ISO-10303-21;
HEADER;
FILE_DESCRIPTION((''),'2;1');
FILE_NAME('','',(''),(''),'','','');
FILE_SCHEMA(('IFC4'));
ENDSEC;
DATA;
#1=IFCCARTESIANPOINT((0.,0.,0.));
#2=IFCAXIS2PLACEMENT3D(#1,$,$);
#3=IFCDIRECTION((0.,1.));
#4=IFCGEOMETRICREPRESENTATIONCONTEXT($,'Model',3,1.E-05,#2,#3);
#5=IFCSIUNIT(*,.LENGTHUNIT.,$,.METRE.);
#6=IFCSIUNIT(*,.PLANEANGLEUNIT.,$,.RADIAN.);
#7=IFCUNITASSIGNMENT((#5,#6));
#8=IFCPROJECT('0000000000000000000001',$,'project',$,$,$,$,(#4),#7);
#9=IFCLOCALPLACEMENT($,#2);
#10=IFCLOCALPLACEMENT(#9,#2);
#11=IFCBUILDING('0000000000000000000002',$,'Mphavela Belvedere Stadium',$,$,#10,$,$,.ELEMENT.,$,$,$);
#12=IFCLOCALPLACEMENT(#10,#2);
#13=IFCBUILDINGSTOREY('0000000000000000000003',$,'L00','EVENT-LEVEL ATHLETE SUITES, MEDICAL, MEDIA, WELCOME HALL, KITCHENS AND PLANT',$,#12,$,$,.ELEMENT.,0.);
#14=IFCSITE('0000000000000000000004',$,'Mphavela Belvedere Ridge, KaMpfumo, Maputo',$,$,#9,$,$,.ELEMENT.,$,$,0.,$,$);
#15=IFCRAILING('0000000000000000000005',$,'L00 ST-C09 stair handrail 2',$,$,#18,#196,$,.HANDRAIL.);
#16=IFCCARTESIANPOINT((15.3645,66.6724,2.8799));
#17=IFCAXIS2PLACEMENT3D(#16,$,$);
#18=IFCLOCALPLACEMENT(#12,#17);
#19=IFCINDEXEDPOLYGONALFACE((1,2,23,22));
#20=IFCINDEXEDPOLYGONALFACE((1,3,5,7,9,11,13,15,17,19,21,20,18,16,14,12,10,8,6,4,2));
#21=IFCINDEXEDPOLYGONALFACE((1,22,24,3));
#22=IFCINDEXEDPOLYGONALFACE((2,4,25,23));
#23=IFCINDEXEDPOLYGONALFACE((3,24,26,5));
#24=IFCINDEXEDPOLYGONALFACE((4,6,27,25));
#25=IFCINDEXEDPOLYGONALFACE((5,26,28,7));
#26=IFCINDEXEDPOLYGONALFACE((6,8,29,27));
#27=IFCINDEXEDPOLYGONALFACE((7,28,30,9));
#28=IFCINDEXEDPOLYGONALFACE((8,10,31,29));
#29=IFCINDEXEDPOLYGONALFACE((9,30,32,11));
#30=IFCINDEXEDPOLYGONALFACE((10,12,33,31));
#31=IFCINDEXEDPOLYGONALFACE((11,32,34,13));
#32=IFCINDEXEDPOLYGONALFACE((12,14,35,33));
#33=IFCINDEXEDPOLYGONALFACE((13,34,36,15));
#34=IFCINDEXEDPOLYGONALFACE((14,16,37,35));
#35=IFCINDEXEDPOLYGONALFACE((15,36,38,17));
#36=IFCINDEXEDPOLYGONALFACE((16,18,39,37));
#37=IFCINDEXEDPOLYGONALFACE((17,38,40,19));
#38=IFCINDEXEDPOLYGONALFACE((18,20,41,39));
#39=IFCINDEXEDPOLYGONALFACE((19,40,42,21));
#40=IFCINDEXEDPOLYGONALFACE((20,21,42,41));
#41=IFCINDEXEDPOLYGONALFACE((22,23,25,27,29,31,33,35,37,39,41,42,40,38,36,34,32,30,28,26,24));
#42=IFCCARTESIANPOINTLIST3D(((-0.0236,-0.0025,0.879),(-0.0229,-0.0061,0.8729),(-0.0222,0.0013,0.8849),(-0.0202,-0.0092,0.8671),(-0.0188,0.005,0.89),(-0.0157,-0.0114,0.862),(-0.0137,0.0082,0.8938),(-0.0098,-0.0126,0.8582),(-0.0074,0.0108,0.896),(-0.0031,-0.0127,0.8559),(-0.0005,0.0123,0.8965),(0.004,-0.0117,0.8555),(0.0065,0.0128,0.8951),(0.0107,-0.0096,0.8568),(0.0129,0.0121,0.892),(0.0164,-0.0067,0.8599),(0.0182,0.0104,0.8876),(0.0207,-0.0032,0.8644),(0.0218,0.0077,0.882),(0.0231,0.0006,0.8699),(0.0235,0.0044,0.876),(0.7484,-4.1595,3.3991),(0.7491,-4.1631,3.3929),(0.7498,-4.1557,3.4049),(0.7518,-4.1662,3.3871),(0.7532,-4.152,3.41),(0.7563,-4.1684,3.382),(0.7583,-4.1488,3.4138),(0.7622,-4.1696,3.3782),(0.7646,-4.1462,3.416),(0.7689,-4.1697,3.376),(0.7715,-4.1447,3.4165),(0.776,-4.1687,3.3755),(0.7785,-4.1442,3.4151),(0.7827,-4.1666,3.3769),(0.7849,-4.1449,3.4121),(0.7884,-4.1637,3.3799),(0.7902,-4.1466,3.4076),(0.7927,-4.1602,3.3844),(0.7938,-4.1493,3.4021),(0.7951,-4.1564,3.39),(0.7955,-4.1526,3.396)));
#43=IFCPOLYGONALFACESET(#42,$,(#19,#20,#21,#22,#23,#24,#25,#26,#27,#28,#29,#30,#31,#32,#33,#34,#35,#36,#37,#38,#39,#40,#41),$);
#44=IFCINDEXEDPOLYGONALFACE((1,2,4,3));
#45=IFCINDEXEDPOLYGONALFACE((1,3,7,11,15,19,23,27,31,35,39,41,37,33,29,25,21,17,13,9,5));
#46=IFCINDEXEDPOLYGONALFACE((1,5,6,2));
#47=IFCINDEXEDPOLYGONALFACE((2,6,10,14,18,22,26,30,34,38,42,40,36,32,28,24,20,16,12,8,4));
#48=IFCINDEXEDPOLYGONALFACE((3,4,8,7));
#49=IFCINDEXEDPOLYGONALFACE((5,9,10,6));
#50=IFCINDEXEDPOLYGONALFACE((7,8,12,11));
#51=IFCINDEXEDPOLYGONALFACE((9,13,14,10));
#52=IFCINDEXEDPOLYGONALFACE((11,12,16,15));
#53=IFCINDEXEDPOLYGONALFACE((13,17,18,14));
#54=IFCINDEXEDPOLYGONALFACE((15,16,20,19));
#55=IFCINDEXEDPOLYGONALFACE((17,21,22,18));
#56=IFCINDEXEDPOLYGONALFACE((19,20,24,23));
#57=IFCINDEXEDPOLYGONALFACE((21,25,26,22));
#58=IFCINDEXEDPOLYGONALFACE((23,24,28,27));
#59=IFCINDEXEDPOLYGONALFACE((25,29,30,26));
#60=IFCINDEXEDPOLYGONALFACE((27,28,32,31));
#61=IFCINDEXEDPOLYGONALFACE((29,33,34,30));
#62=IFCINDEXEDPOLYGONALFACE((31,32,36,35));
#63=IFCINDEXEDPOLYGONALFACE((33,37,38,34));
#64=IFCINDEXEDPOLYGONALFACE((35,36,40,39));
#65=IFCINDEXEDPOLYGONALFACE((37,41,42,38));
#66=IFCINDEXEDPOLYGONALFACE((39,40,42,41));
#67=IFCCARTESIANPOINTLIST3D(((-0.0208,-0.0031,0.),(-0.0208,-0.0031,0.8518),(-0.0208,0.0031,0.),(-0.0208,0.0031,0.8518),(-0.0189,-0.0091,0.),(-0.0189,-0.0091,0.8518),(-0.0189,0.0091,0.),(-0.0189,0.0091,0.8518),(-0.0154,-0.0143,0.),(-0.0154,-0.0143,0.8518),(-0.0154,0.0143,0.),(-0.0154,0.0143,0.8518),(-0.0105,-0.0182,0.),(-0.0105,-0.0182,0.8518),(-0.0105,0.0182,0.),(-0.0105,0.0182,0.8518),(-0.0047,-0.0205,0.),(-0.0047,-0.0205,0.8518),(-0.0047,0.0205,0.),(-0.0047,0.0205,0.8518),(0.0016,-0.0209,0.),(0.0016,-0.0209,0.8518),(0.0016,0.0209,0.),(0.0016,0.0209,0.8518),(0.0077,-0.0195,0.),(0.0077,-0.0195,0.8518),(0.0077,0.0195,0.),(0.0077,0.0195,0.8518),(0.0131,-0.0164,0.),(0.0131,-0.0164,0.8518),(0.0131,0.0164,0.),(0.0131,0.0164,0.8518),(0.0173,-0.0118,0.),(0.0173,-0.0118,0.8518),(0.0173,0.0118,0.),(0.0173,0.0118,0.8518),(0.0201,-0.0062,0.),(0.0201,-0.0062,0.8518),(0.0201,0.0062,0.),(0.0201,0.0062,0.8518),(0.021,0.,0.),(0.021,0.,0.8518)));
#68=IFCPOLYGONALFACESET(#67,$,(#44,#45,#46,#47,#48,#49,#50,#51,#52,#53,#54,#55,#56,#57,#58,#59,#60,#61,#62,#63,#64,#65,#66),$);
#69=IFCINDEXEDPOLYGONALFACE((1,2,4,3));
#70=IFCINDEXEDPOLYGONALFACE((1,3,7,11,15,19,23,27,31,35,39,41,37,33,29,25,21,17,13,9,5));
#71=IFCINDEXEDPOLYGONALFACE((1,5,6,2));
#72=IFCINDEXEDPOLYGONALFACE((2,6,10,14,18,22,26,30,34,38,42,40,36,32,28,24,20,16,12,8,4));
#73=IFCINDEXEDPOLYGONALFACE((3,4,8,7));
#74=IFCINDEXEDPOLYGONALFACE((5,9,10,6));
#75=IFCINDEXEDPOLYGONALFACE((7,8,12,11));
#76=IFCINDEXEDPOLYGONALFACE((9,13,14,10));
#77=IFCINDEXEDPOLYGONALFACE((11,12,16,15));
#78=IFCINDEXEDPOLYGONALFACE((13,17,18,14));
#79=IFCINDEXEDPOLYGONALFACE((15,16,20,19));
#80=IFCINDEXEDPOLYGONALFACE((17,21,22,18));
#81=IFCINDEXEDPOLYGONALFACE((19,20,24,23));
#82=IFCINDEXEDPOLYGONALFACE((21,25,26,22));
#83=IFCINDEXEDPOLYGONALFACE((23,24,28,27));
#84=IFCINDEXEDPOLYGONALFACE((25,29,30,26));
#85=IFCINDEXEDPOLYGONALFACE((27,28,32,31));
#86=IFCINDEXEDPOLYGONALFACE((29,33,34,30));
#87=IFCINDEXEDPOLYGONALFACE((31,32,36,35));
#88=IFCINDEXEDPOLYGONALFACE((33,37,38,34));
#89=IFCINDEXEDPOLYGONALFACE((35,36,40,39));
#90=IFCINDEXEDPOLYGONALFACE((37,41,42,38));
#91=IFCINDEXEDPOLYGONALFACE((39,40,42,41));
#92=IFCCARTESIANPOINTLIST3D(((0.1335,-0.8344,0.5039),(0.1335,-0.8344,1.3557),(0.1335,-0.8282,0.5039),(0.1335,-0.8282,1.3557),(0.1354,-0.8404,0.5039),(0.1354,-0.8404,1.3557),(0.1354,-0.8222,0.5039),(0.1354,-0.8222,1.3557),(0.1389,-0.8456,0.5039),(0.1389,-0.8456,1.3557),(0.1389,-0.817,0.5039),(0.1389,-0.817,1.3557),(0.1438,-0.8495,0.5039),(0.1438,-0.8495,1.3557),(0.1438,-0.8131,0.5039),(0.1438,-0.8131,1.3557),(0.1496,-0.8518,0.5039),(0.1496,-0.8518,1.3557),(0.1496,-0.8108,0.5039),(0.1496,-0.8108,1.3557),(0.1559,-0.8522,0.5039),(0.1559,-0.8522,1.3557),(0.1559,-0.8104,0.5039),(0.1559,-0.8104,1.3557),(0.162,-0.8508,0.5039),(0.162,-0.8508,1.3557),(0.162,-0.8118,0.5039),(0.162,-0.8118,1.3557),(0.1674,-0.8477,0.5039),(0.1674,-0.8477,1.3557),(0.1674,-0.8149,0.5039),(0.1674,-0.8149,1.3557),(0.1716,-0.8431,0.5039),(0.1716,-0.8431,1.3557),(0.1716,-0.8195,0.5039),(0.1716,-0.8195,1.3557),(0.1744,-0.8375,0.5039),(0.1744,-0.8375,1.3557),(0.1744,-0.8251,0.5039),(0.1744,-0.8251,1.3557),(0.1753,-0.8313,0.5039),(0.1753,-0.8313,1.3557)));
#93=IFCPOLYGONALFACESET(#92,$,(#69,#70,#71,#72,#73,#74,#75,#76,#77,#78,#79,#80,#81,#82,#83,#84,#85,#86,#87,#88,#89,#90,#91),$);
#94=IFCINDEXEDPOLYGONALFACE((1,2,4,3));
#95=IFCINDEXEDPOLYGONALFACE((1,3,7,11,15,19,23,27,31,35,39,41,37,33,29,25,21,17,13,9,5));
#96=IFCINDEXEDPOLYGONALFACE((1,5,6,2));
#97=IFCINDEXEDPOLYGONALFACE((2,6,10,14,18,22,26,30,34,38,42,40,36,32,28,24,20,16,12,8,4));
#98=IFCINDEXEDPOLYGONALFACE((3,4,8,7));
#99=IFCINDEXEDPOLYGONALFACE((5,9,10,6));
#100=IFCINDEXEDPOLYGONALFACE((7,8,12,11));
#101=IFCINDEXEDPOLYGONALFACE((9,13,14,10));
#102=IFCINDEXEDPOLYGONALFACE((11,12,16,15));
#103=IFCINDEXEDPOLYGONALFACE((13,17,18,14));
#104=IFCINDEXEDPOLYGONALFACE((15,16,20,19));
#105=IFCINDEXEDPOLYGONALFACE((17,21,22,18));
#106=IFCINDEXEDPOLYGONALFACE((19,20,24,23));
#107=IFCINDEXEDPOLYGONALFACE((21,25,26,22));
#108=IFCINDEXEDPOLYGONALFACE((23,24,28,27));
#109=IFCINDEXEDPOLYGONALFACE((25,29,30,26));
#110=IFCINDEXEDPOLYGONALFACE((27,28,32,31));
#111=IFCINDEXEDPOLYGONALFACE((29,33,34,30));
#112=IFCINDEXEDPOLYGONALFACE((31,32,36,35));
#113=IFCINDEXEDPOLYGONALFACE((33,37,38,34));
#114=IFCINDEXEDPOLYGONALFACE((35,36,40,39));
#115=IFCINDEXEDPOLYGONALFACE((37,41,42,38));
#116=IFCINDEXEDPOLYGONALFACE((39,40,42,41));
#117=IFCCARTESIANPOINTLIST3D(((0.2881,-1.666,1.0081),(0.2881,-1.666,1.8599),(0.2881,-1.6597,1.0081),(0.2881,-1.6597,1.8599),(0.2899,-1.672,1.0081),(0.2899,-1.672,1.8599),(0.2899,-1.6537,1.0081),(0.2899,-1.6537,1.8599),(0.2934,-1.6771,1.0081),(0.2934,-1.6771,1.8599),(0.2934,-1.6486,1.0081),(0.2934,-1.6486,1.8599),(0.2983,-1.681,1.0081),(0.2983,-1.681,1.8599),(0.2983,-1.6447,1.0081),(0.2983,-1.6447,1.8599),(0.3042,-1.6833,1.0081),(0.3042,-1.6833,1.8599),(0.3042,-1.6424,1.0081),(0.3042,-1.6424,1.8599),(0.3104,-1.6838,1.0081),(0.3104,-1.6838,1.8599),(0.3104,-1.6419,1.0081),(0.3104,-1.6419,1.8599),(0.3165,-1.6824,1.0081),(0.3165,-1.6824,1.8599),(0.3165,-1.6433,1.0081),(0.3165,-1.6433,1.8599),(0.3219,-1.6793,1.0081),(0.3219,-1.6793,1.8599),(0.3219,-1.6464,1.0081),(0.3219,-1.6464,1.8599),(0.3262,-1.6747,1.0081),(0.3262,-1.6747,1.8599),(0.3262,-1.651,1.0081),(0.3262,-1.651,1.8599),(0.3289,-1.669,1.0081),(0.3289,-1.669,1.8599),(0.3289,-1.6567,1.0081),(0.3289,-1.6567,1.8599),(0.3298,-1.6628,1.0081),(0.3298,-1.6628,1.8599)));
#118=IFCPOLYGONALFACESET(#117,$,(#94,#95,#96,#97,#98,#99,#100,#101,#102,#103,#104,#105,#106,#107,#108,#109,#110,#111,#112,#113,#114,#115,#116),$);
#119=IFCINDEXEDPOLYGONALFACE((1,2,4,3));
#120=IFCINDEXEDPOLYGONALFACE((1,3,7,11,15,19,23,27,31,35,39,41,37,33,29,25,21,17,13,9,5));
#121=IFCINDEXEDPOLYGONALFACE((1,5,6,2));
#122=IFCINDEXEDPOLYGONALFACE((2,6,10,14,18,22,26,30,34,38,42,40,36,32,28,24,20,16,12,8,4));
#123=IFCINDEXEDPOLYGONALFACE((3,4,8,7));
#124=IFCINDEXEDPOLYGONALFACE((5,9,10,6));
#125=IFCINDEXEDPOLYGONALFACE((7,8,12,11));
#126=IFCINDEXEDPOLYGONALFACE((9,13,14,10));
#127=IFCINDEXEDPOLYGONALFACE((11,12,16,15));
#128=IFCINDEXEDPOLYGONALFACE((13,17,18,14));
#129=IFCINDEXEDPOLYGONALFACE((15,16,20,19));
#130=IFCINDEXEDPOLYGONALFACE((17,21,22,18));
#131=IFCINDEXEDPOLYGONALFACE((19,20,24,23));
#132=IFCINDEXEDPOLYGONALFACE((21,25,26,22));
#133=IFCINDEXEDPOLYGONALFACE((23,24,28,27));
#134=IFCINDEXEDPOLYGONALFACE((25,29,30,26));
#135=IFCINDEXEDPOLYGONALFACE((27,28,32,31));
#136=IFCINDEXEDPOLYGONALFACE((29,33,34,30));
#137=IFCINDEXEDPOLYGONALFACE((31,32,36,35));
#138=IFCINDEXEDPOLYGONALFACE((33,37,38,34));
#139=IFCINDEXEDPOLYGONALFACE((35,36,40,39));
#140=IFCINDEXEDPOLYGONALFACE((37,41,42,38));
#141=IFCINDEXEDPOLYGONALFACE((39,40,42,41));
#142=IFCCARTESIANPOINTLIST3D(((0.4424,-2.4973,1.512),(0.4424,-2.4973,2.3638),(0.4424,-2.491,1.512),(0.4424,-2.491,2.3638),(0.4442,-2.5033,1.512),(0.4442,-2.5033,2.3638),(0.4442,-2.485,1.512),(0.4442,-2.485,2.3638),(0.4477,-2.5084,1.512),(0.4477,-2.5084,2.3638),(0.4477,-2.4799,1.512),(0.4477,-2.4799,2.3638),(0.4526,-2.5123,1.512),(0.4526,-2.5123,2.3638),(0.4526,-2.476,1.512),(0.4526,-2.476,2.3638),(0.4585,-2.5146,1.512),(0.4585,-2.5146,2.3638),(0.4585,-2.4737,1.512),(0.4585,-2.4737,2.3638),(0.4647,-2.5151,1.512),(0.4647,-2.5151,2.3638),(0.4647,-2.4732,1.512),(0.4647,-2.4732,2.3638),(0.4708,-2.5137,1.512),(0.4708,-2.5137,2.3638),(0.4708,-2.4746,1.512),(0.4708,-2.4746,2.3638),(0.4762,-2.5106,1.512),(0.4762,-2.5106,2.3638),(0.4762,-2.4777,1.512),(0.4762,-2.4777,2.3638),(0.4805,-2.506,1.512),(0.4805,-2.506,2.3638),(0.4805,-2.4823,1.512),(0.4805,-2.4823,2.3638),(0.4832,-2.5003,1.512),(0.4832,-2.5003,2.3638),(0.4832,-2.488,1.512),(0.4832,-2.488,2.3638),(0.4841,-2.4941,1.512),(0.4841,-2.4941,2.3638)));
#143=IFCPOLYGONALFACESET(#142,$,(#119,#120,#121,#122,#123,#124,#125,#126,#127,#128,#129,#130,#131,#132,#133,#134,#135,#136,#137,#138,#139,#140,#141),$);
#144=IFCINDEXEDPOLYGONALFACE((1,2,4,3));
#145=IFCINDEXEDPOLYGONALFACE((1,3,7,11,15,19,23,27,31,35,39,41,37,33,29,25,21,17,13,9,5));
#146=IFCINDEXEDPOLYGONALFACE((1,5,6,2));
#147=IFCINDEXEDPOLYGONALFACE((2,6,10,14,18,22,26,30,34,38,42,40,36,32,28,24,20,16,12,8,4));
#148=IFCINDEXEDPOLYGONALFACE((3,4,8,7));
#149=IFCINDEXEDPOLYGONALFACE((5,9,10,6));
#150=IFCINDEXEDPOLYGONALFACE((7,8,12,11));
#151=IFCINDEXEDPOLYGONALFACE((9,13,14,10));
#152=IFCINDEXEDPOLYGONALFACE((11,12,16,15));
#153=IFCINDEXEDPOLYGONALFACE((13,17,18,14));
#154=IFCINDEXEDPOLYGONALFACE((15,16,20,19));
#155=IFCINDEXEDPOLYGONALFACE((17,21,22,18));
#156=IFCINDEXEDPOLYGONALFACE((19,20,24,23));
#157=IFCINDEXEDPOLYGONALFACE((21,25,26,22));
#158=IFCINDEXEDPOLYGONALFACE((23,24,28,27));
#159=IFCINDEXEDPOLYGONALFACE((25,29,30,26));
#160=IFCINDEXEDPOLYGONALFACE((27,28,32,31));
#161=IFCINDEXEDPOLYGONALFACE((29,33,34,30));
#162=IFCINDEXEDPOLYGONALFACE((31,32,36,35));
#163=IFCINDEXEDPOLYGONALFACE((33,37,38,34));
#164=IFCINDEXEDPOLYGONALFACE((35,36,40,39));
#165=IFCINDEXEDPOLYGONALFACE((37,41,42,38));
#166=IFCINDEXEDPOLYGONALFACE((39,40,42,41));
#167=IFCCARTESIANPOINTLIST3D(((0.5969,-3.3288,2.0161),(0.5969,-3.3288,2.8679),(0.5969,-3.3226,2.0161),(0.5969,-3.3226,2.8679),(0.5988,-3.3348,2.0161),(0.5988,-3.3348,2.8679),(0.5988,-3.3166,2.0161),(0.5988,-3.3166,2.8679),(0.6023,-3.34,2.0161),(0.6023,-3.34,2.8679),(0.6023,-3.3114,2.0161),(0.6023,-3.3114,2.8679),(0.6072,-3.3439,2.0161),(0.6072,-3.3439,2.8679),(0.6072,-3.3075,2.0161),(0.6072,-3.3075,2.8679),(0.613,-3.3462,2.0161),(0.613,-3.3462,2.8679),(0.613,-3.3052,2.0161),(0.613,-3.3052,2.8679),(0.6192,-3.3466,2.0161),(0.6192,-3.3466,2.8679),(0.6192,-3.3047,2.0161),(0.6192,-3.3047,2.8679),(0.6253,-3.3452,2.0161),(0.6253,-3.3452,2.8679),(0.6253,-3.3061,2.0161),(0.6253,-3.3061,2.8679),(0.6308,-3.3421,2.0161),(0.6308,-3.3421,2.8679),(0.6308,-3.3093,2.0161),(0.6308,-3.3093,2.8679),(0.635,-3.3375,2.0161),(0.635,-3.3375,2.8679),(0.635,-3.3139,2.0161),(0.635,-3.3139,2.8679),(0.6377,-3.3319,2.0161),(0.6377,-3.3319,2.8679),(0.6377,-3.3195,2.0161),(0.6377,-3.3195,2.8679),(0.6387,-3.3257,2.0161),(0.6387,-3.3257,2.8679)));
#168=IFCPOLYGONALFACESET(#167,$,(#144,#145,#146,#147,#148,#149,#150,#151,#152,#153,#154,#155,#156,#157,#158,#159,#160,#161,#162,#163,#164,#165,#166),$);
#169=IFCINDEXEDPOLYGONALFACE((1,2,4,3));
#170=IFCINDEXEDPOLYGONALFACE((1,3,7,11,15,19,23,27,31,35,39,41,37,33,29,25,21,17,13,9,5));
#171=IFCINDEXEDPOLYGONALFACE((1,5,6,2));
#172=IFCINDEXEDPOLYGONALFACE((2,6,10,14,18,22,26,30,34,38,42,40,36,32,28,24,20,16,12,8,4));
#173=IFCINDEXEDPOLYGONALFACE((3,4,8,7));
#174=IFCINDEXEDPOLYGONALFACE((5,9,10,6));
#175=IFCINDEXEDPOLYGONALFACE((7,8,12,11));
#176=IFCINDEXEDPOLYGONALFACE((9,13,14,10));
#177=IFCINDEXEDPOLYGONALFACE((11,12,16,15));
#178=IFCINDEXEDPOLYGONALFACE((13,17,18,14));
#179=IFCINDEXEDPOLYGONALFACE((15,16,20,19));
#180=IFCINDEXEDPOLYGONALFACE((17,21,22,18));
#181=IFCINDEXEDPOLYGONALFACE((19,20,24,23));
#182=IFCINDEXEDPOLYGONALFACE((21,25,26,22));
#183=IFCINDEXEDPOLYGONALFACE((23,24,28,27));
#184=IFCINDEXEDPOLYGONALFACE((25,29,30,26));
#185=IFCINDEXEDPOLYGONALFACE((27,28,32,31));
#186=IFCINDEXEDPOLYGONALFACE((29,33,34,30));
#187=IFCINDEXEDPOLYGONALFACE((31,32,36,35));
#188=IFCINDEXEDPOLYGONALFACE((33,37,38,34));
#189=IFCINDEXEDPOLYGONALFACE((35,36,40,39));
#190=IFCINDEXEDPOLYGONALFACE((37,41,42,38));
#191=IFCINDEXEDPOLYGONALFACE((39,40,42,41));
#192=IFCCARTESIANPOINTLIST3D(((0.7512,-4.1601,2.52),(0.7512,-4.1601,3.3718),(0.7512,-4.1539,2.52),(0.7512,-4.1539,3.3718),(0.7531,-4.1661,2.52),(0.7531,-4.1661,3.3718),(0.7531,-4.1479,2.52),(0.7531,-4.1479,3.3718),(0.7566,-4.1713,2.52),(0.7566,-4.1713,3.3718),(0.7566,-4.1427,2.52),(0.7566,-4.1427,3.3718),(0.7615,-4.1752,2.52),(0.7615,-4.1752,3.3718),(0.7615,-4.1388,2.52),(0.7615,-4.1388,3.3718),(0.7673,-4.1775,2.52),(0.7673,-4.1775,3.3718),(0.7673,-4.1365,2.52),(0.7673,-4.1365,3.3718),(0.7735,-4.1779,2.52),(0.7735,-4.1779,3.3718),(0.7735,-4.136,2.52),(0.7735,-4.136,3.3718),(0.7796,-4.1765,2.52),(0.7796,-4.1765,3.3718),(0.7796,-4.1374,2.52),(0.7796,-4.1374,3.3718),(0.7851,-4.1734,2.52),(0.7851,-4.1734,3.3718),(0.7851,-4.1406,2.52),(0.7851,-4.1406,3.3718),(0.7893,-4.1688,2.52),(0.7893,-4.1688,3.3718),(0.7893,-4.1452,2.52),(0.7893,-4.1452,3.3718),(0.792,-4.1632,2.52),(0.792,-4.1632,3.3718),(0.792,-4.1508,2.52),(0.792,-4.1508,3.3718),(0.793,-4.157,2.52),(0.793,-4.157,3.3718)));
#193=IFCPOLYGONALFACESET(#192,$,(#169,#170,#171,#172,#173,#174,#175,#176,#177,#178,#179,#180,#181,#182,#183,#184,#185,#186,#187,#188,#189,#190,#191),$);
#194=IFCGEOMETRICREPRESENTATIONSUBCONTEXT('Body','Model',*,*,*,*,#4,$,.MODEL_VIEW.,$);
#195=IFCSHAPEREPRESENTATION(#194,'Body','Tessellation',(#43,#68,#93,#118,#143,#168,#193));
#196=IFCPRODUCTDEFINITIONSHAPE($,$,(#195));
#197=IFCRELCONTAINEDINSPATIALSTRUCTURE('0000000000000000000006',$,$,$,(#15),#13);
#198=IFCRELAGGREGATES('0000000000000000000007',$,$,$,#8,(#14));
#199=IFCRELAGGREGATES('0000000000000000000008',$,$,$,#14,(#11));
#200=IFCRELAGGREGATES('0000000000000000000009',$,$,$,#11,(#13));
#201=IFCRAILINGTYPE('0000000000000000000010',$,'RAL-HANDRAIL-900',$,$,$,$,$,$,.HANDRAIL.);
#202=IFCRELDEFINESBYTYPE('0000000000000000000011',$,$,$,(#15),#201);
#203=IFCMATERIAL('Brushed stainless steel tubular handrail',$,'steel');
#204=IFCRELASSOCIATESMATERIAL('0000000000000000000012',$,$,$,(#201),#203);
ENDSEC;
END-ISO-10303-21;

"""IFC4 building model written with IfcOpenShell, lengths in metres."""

from ifc_helpers import new_model, si_unit, direction, frame, origin, origin_2d, place, context, subcontext, project, spatial, circle, extrude, material, type_object, element, save


model = new_model("IFC4")

# Units and contexts
model_context = context("Model", 3, precision=1e-05, world=origin(), true_north=direction((0.0, 1.0)))
body_context = subcontext(model_context, "Body", "Model", "MODEL_VIEW")
ifc_project = project(units=[si_unit("LENGTHUNIT", "METRE"), si_unit("PLANEANGLEUNIT", "RADIAN")], contexts=[model_context])

# Site, building, storey
site_placement = place(None, origin())
site = spatial("IfcSite", under=ifc_project, at=site_placement, Name="Mphavela Belvedere Ridge, KaMpfumo, Maputo", CompositionType="ELEMENT", RefElevation=0.0)
building_placement = place(site_placement, origin())
building = spatial("IfcBuilding", under=site, at=building_placement, Name="Mphavela Belvedere Stadium", CompositionType="ELEMENT")
storey_placement = place(building_placement, origin())
storey = spatial("IfcBuildingStorey", under=building, at=storey_placement, Name="L00", Description="EVENT-LEVEL ATHLETE SUITES, MEDICAL, MEDIA, WELCOME HALL, KITCHENS AND PLANT", CompositionType="ELEMENT", Elevation=0.0)

# Railing
ifc_material_1 = material(Name="Brushed stainless steel tubular handrail", Category="steel")
railing_type_1 = type_object("IfcRailingType", Name="RAL-HANDRAIL-900", PredefinedType="HANDRAIL", material=ifc_material_1)
railing_1_placement = place(storey_placement, frame((15.3645, 66.6724, 2.8799)))
element("IfcRailing", 1, at=railing_1_placement, inside=storey, type_object=railing_type_1, Name="L00 ST-C09 stair handrail 2", PredefinedType="HANDRAIL", context=body_context, shape_type="SweptSolid", body=[
    extrude(circle(Radius=0.0239, at=origin_2d()), frame((0.0, 0.0, 0.876), z_axis=(0.156838, -0.844557, 0.511982), x_axis=(0.98319, 0.182583, 0.0)), (0.0, 0.0, 1.0), 4.9221),
    extrude(circle(Radius=0.021, at=origin_2d()), origin(), (0.0, 0.0, 1.0), 0.8518),
    extrude(circle(Radius=0.021, at=origin_2d()), frame((0.1543, -0.8313, 0.5039)), (0.0, 0.0, 1.0), 0.8518),
    extrude(circle(Radius=0.021, at=origin_2d()), frame((0.3088, -1.6628, 1.0081)), (0.0, 0.0, 1.0), 0.8518),
    extrude(circle(Radius=0.021, at=origin_2d()), frame((0.4631, -2.4941, 1.512)), (0.0, 0.0, 1.0), 0.8518),
    extrude(circle(Radius=0.021, at=origin_2d()), frame((0.6177, -3.3257, 2.0161)), (0.0, 0.0, 1.0), 0.8518),
    extrude(circle(Radius=0.021, at=origin_2d()), frame((0.772, -4.157, 2.52)), (0.0, 0.0, 1.0), 0.8518),
])

save(model, "model.ifc")
